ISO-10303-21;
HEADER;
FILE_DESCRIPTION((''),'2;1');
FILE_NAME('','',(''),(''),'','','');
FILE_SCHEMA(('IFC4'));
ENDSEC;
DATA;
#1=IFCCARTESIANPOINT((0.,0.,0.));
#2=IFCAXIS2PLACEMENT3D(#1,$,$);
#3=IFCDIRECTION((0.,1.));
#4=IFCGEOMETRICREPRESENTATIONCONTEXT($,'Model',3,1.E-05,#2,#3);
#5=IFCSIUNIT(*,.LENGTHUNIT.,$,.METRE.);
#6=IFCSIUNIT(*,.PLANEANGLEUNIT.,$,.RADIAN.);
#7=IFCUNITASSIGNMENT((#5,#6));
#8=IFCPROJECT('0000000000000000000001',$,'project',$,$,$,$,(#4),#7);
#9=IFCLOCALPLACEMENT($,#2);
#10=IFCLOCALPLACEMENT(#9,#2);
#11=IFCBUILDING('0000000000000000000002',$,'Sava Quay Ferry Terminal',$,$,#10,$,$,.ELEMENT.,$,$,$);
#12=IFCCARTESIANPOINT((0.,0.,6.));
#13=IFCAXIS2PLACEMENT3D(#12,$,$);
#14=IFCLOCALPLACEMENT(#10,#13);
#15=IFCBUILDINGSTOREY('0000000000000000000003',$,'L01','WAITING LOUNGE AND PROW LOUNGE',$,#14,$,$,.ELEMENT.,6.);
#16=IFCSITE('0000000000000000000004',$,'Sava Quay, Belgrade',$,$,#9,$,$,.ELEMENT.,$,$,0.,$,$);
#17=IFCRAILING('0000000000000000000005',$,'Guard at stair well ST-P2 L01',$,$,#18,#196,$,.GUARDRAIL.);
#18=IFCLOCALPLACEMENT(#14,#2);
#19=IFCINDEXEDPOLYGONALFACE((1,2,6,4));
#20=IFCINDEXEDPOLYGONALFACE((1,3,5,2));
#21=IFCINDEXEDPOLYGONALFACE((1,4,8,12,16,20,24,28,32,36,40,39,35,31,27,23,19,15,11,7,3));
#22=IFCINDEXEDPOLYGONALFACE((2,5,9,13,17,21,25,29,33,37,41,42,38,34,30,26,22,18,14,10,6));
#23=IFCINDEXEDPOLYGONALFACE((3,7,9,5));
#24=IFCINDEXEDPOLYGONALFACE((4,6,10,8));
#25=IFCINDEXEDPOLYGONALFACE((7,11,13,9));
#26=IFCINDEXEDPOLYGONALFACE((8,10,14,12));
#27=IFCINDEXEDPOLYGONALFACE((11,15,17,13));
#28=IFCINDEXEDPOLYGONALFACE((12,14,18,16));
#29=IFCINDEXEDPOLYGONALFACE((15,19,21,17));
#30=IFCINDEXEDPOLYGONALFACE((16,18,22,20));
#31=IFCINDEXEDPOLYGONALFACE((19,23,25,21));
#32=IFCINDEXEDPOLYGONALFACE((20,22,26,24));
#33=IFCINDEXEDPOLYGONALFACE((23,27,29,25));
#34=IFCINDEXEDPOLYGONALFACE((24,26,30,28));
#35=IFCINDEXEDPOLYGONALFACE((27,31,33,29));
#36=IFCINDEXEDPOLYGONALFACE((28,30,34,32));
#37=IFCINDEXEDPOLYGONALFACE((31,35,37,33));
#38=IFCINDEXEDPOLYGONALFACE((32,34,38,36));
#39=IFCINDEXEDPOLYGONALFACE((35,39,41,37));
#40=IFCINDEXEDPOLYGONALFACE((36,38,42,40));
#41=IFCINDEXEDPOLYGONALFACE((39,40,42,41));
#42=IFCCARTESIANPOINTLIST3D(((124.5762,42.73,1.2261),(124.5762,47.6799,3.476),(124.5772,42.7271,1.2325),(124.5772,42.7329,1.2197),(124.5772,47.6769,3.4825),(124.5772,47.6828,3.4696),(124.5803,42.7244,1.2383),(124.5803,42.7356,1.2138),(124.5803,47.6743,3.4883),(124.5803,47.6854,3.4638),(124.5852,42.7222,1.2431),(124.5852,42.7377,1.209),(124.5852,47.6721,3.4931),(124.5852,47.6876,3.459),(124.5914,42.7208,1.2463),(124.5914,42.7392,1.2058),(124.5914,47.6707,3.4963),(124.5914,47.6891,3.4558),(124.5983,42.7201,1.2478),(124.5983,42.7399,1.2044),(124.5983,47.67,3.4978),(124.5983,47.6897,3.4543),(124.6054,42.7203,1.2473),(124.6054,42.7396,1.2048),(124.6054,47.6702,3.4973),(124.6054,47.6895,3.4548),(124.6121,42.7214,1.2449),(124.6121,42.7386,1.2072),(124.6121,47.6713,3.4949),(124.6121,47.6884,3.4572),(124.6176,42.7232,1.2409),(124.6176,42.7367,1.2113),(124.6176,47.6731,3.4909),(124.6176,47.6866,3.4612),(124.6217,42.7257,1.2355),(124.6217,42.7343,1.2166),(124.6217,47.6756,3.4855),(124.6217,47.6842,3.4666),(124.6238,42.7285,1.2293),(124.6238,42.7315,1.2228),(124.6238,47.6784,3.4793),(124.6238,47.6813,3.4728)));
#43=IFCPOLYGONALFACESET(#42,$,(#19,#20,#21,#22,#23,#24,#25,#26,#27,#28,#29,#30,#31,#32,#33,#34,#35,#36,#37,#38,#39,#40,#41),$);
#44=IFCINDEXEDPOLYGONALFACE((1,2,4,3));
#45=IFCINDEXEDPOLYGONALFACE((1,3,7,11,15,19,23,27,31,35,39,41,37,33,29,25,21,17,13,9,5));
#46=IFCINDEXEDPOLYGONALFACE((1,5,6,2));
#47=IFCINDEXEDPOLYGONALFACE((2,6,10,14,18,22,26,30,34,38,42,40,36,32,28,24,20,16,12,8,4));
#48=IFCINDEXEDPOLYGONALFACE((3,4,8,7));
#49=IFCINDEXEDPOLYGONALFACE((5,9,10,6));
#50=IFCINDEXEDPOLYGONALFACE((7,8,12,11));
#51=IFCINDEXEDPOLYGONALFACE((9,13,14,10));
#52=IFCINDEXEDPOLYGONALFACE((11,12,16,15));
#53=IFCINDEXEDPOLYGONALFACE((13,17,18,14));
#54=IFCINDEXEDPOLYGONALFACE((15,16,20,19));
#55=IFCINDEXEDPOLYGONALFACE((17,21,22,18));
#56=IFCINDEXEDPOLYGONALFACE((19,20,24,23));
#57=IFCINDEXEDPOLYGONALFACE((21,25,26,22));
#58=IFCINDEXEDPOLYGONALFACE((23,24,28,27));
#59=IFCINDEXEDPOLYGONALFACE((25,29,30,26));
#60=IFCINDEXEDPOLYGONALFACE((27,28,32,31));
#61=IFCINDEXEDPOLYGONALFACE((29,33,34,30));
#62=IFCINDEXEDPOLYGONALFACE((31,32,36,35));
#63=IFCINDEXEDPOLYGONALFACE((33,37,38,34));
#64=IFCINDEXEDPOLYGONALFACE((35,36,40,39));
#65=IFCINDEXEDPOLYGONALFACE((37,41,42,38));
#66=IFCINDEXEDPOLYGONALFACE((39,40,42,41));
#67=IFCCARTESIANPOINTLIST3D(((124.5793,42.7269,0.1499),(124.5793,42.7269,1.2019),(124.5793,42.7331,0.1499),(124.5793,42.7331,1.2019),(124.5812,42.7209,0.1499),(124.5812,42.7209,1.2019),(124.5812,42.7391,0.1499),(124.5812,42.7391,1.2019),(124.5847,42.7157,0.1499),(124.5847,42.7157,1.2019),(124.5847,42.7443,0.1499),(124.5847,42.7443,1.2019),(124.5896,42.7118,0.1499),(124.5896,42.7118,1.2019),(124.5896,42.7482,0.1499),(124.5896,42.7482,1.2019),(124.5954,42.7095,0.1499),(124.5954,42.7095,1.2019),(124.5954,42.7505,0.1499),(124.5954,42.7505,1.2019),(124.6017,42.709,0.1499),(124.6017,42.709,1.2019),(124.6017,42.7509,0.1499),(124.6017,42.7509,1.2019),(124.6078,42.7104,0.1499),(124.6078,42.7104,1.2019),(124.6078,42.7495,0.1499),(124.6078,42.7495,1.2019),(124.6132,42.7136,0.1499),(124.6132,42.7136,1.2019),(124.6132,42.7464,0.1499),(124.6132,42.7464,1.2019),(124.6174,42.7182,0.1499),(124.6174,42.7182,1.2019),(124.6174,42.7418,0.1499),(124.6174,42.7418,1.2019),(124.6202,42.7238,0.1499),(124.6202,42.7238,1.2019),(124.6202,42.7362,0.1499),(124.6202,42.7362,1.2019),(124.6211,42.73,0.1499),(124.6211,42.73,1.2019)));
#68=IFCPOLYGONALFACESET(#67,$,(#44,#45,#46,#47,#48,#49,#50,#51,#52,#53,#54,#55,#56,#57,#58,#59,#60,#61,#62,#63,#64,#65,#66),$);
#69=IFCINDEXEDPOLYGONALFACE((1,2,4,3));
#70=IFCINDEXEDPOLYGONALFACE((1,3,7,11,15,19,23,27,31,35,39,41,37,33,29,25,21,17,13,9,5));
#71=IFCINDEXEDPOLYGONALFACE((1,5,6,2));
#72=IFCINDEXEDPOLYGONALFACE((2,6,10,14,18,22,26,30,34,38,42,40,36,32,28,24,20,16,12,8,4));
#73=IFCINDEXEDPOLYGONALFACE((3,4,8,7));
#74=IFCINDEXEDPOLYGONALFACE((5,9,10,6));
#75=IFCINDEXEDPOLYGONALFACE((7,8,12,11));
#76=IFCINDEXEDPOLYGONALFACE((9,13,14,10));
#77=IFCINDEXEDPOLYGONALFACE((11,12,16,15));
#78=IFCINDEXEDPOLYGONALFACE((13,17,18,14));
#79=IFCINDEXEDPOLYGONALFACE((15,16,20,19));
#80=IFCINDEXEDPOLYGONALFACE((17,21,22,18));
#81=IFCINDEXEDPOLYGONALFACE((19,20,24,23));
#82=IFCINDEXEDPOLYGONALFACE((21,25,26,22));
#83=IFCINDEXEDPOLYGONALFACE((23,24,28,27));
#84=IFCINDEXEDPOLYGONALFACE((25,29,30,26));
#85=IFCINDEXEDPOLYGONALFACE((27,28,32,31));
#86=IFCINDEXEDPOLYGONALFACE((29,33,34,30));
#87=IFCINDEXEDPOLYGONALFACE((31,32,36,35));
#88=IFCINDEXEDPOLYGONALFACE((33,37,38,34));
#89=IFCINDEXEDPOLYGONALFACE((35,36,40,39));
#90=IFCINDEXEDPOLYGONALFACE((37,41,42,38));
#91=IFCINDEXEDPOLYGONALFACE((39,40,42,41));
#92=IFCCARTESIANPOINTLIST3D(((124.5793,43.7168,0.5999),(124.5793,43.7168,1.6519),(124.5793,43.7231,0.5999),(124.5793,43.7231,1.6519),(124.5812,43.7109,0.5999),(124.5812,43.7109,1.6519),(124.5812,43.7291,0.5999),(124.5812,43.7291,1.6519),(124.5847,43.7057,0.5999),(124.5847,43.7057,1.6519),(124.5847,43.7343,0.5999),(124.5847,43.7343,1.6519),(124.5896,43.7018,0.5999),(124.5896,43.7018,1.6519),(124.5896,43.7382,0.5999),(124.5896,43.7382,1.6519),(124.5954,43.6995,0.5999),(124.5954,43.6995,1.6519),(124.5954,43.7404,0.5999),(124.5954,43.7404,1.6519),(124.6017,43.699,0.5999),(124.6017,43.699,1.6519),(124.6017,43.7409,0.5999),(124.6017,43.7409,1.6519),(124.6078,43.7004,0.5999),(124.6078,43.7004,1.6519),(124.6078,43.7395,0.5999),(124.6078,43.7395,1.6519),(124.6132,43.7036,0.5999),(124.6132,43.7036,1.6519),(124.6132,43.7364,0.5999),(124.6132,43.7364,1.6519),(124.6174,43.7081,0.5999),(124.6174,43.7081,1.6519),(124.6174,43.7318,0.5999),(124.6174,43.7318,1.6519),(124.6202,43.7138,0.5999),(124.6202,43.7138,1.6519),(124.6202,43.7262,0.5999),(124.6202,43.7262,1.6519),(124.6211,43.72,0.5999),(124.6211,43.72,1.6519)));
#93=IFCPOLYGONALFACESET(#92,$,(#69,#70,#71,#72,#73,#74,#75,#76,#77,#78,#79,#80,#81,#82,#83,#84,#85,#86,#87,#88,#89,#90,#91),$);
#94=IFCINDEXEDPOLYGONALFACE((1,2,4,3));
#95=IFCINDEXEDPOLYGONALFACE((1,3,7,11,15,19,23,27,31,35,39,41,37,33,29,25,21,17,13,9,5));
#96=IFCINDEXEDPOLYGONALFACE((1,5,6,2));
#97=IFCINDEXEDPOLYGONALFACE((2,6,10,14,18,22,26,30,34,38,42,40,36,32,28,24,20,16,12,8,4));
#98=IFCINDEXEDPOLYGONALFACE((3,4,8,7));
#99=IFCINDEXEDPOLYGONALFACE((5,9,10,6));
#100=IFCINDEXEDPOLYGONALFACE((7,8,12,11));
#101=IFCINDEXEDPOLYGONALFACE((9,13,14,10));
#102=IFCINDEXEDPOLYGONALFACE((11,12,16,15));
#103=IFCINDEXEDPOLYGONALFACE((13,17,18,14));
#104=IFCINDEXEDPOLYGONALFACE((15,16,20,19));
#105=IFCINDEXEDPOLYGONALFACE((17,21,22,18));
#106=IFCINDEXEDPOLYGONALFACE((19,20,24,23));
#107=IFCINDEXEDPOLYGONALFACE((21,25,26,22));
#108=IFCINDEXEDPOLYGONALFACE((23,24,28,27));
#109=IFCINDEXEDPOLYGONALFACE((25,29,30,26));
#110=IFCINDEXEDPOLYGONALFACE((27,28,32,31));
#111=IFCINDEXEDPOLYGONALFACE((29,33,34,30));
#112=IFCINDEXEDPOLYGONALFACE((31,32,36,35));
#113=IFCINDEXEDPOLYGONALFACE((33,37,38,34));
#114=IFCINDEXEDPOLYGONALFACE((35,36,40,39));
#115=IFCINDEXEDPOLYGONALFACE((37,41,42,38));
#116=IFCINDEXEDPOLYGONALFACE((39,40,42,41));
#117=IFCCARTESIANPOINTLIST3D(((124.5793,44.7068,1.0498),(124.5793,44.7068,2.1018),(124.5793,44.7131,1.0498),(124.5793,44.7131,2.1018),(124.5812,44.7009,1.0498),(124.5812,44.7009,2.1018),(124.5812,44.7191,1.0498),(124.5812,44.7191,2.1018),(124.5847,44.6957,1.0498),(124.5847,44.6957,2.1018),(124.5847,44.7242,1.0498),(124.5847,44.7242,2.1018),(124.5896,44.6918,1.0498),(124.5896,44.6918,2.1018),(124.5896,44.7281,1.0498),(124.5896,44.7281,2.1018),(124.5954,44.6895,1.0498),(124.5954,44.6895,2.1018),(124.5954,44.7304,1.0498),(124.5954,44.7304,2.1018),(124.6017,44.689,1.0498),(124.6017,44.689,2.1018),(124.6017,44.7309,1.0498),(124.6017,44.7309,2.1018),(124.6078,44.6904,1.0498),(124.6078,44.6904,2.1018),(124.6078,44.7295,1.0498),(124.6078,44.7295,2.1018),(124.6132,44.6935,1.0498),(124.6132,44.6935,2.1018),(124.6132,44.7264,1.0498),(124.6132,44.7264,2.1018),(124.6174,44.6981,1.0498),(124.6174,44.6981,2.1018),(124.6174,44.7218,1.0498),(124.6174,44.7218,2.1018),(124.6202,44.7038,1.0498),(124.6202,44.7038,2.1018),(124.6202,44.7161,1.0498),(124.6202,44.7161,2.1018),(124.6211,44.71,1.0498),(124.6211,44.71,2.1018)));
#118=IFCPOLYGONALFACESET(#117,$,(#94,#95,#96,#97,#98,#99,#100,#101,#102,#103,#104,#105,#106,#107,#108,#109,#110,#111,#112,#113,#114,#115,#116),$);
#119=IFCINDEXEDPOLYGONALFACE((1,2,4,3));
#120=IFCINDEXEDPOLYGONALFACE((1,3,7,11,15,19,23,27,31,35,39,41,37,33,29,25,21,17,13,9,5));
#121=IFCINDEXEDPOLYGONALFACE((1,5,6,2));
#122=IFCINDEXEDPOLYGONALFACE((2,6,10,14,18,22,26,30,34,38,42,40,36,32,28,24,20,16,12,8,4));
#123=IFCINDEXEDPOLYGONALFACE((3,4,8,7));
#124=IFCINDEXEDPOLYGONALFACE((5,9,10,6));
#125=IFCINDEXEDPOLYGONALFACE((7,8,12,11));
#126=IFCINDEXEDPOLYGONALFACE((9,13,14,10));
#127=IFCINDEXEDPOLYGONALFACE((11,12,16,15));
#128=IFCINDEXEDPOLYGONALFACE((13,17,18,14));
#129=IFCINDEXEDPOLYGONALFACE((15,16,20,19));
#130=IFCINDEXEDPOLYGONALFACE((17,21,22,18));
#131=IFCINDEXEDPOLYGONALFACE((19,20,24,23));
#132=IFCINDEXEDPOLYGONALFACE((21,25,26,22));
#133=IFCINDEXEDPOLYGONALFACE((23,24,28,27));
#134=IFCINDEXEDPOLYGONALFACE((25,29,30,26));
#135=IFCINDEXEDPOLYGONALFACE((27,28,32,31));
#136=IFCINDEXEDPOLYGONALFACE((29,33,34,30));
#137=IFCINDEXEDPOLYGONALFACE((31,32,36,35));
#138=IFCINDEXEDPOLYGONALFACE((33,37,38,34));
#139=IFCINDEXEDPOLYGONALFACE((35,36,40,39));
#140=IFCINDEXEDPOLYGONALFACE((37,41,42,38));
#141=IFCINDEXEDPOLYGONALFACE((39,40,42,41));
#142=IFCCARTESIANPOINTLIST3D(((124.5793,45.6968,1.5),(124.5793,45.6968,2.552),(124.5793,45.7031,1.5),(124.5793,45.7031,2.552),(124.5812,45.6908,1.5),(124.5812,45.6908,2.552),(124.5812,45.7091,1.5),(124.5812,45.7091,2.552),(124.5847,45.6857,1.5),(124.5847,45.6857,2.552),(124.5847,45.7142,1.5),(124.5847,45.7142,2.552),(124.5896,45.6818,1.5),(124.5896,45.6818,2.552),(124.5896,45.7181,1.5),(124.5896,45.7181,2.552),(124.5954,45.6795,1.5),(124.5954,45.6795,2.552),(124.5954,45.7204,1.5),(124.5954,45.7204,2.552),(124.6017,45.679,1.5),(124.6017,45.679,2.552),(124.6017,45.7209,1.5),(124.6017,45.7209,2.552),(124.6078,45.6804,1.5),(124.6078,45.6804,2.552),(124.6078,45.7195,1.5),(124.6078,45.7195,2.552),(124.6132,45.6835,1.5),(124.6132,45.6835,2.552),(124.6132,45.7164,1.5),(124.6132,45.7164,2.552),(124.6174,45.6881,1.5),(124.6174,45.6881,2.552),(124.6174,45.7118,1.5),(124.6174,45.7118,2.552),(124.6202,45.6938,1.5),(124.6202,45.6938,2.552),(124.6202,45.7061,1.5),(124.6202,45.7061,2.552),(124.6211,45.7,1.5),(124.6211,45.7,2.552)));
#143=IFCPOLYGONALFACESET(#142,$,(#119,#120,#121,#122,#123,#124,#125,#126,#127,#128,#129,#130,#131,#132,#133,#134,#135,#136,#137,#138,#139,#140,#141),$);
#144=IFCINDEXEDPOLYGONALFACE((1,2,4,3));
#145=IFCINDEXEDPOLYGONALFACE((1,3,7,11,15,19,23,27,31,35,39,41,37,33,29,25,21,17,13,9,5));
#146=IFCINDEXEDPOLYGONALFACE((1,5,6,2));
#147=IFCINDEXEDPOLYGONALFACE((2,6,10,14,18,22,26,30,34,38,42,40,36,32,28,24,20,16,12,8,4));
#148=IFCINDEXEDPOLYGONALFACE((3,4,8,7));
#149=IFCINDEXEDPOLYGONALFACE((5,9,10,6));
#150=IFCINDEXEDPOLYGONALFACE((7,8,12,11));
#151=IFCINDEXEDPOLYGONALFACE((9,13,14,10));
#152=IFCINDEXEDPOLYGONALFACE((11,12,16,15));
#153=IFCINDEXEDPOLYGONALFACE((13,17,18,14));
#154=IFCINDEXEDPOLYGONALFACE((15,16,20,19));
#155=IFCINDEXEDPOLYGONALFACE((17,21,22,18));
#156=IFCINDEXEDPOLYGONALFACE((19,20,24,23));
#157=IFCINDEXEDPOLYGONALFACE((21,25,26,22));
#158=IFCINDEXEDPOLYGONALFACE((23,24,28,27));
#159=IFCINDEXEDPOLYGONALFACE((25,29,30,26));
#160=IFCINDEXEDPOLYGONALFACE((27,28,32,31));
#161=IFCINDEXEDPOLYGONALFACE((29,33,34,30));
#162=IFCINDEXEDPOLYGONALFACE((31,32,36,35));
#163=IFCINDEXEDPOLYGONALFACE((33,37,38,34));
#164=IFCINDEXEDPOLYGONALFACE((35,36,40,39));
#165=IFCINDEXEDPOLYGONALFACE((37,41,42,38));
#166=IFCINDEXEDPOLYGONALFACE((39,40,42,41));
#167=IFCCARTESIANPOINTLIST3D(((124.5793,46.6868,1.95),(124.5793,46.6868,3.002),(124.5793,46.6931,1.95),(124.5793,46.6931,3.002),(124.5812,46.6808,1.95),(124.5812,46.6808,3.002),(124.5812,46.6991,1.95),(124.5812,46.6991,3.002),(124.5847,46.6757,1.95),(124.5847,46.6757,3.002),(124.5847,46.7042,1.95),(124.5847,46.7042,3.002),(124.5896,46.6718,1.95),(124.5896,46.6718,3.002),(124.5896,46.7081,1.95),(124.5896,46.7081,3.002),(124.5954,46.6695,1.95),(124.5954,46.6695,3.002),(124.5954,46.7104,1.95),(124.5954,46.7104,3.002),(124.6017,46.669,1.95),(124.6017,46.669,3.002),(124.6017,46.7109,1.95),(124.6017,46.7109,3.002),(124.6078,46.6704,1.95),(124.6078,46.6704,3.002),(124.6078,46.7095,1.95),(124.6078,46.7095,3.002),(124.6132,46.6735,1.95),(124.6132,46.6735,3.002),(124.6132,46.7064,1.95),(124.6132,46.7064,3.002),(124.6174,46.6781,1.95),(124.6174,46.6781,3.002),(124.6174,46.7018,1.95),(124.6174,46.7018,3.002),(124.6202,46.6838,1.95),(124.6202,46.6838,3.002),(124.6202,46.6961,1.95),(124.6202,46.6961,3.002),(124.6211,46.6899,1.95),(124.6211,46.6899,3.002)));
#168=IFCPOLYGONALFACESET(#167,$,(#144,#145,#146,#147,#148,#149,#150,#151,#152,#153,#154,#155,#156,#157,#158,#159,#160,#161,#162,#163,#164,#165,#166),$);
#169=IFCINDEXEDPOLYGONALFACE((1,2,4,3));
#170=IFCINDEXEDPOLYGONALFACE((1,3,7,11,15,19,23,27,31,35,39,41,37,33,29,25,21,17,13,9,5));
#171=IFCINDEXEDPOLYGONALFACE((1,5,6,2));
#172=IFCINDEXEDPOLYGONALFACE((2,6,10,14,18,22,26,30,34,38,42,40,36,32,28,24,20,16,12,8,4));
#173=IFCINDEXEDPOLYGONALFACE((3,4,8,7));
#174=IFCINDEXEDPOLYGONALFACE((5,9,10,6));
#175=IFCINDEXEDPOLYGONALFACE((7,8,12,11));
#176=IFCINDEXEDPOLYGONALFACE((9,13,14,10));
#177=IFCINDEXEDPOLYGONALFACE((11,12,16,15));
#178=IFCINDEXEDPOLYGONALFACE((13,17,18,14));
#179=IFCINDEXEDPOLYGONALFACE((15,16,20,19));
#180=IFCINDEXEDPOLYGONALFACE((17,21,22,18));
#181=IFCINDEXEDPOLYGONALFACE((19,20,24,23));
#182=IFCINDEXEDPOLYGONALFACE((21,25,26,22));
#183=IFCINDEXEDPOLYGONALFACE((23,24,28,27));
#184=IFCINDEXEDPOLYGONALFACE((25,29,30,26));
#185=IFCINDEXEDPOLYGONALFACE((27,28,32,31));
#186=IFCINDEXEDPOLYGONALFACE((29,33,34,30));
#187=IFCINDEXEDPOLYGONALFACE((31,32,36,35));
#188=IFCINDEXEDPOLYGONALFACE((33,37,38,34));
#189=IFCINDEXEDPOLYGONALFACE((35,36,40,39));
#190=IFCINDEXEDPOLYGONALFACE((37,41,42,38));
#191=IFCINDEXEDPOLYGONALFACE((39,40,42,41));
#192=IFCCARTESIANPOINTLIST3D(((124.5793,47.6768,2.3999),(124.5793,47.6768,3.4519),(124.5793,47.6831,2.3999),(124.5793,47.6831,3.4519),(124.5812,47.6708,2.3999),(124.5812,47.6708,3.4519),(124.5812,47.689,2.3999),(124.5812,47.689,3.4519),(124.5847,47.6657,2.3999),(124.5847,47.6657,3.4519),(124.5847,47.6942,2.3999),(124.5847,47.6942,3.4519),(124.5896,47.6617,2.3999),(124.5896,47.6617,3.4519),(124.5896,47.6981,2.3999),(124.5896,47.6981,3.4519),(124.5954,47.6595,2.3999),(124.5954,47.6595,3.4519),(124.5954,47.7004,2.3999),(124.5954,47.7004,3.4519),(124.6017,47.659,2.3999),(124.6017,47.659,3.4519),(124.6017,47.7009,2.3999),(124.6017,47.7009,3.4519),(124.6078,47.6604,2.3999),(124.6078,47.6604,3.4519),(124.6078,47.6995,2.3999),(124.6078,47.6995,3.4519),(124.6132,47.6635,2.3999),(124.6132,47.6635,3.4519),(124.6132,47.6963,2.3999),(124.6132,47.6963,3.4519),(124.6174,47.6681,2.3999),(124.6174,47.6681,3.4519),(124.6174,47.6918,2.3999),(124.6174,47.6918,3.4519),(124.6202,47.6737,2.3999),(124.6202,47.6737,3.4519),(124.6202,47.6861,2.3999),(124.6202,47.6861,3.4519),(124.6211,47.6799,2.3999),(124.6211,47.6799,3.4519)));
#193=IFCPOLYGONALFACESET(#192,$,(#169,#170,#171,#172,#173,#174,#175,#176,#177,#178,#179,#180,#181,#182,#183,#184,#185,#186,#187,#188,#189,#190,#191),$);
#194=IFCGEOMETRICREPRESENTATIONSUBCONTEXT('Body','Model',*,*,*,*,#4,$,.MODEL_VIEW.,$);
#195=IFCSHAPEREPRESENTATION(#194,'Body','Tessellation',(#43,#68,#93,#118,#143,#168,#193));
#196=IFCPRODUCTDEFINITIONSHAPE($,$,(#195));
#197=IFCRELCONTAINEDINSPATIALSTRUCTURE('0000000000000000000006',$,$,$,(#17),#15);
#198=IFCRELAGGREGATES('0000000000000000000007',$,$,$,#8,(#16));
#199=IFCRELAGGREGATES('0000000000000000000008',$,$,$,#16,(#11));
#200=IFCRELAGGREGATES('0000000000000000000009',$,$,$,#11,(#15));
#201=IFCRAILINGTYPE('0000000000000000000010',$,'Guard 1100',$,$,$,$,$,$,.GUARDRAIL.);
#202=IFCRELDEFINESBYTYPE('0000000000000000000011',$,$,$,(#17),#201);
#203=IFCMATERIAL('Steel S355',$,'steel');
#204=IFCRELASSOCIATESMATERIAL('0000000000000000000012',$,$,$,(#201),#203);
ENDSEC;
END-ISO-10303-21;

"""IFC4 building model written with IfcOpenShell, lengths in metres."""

from ifc_helpers import new_model, si_unit, direction, frame, origin, origin_2d, place, context, subcontext, project, spatial, circle, extrude, material, type_object, element, save


model = new_model("IFC4")

# Units and contexts
model_context = context("Model", 3, precision=1e-05, world=origin(), true_north=direction((0.0, 1.0)))
body_context = subcontext(model_context, "Body", "Model", "MODEL_VIEW")
ifc_project = project(units=[si_unit("LENGTHUNIT", "METRE"), si_unit("PLANEANGLEUNIT", "RADIAN")], contexts=[model_context])

# Site, building, storey
site_placement = place(None, origin())
site = spatial("IfcSite", under=ifc_project, at=site_placement, Name="Sava Quay, Belgrade", CompositionType="ELEMENT", RefElevation=0.0)
building_placement = place(site_placement, origin())
building = spatial("IfcBuilding", under=site, at=building_placement, Name="Sava Quay Ferry Terminal", CompositionType="ELEMENT")
storey_placement = place(building_placement, frame((0.0, 0.0, 6.0)))
storey = spatial("IfcBuildingStorey", under=building, at=storey_placement, Name="L01", Description="WAITING LOUNGE AND PROW LOUNGE", CompositionType="ELEMENT", Elevation=6.0)

# Railing
ifc_material_1 = material(Name="Steel S355", Category="steel")
railing_type_1 = type_object("IfcRailingType", Name="Guard 1100", PredefinedType="GUARDRAIL", material=ifc_material_1)
railing_1_placement = place(storey_placement, frame((124.6001, 42.73, 0.1499)))
element("IfcRailing", 1, at=railing_1_placement, inside=storey, type_object=railing_type_1, Name="Guard at stair well ST-P2 L01", PredefinedType="GUARDRAIL", context=body_context, shape_type="SweptSolid", body=[
    extrude(circle(Radius=0.0239, at=origin_2d()), frame((0.0, 0.0, 1.0762), z_axis=(0.0, 0.910365, 0.413806), x_axis=(-1.0, 0.0, 0.0)), (0.0, 0.0, 1.0), 5.4373),
    extrude(circle(Radius=0.021, at=origin_2d()), origin(), (0.0, 0.0, 1.0), 1.052),
    extrude(circle(Radius=0.021, at=origin_2d()), frame((0.0, 0.99, 0.45)), (0.0, 0.0, 1.0), 1.052),
    extrude(circle(Radius=0.021, at=origin_2d()), frame((0.0, 1.98, 0.8999)), (0.0, 0.0, 1.0), 1.052),
    extrude(circle(Radius=0.021, at=origin_2d()), frame((0.0, 2.97, 1.3501)), (0.0, 0.0, 1.0), 1.052),
    extrude(circle(Radius=0.021, at=origin_2d()), frame((0.0, 3.96, 1.8)), (0.0, 0.0, 1.0), 1.052),
    extrude(circle(Radius=0.021, at=origin_2d()), frame((0.0, 4.95, 2.25)), (0.0, 0.0, 1.0), 1.052),
])

save(model, "model.ifc")
